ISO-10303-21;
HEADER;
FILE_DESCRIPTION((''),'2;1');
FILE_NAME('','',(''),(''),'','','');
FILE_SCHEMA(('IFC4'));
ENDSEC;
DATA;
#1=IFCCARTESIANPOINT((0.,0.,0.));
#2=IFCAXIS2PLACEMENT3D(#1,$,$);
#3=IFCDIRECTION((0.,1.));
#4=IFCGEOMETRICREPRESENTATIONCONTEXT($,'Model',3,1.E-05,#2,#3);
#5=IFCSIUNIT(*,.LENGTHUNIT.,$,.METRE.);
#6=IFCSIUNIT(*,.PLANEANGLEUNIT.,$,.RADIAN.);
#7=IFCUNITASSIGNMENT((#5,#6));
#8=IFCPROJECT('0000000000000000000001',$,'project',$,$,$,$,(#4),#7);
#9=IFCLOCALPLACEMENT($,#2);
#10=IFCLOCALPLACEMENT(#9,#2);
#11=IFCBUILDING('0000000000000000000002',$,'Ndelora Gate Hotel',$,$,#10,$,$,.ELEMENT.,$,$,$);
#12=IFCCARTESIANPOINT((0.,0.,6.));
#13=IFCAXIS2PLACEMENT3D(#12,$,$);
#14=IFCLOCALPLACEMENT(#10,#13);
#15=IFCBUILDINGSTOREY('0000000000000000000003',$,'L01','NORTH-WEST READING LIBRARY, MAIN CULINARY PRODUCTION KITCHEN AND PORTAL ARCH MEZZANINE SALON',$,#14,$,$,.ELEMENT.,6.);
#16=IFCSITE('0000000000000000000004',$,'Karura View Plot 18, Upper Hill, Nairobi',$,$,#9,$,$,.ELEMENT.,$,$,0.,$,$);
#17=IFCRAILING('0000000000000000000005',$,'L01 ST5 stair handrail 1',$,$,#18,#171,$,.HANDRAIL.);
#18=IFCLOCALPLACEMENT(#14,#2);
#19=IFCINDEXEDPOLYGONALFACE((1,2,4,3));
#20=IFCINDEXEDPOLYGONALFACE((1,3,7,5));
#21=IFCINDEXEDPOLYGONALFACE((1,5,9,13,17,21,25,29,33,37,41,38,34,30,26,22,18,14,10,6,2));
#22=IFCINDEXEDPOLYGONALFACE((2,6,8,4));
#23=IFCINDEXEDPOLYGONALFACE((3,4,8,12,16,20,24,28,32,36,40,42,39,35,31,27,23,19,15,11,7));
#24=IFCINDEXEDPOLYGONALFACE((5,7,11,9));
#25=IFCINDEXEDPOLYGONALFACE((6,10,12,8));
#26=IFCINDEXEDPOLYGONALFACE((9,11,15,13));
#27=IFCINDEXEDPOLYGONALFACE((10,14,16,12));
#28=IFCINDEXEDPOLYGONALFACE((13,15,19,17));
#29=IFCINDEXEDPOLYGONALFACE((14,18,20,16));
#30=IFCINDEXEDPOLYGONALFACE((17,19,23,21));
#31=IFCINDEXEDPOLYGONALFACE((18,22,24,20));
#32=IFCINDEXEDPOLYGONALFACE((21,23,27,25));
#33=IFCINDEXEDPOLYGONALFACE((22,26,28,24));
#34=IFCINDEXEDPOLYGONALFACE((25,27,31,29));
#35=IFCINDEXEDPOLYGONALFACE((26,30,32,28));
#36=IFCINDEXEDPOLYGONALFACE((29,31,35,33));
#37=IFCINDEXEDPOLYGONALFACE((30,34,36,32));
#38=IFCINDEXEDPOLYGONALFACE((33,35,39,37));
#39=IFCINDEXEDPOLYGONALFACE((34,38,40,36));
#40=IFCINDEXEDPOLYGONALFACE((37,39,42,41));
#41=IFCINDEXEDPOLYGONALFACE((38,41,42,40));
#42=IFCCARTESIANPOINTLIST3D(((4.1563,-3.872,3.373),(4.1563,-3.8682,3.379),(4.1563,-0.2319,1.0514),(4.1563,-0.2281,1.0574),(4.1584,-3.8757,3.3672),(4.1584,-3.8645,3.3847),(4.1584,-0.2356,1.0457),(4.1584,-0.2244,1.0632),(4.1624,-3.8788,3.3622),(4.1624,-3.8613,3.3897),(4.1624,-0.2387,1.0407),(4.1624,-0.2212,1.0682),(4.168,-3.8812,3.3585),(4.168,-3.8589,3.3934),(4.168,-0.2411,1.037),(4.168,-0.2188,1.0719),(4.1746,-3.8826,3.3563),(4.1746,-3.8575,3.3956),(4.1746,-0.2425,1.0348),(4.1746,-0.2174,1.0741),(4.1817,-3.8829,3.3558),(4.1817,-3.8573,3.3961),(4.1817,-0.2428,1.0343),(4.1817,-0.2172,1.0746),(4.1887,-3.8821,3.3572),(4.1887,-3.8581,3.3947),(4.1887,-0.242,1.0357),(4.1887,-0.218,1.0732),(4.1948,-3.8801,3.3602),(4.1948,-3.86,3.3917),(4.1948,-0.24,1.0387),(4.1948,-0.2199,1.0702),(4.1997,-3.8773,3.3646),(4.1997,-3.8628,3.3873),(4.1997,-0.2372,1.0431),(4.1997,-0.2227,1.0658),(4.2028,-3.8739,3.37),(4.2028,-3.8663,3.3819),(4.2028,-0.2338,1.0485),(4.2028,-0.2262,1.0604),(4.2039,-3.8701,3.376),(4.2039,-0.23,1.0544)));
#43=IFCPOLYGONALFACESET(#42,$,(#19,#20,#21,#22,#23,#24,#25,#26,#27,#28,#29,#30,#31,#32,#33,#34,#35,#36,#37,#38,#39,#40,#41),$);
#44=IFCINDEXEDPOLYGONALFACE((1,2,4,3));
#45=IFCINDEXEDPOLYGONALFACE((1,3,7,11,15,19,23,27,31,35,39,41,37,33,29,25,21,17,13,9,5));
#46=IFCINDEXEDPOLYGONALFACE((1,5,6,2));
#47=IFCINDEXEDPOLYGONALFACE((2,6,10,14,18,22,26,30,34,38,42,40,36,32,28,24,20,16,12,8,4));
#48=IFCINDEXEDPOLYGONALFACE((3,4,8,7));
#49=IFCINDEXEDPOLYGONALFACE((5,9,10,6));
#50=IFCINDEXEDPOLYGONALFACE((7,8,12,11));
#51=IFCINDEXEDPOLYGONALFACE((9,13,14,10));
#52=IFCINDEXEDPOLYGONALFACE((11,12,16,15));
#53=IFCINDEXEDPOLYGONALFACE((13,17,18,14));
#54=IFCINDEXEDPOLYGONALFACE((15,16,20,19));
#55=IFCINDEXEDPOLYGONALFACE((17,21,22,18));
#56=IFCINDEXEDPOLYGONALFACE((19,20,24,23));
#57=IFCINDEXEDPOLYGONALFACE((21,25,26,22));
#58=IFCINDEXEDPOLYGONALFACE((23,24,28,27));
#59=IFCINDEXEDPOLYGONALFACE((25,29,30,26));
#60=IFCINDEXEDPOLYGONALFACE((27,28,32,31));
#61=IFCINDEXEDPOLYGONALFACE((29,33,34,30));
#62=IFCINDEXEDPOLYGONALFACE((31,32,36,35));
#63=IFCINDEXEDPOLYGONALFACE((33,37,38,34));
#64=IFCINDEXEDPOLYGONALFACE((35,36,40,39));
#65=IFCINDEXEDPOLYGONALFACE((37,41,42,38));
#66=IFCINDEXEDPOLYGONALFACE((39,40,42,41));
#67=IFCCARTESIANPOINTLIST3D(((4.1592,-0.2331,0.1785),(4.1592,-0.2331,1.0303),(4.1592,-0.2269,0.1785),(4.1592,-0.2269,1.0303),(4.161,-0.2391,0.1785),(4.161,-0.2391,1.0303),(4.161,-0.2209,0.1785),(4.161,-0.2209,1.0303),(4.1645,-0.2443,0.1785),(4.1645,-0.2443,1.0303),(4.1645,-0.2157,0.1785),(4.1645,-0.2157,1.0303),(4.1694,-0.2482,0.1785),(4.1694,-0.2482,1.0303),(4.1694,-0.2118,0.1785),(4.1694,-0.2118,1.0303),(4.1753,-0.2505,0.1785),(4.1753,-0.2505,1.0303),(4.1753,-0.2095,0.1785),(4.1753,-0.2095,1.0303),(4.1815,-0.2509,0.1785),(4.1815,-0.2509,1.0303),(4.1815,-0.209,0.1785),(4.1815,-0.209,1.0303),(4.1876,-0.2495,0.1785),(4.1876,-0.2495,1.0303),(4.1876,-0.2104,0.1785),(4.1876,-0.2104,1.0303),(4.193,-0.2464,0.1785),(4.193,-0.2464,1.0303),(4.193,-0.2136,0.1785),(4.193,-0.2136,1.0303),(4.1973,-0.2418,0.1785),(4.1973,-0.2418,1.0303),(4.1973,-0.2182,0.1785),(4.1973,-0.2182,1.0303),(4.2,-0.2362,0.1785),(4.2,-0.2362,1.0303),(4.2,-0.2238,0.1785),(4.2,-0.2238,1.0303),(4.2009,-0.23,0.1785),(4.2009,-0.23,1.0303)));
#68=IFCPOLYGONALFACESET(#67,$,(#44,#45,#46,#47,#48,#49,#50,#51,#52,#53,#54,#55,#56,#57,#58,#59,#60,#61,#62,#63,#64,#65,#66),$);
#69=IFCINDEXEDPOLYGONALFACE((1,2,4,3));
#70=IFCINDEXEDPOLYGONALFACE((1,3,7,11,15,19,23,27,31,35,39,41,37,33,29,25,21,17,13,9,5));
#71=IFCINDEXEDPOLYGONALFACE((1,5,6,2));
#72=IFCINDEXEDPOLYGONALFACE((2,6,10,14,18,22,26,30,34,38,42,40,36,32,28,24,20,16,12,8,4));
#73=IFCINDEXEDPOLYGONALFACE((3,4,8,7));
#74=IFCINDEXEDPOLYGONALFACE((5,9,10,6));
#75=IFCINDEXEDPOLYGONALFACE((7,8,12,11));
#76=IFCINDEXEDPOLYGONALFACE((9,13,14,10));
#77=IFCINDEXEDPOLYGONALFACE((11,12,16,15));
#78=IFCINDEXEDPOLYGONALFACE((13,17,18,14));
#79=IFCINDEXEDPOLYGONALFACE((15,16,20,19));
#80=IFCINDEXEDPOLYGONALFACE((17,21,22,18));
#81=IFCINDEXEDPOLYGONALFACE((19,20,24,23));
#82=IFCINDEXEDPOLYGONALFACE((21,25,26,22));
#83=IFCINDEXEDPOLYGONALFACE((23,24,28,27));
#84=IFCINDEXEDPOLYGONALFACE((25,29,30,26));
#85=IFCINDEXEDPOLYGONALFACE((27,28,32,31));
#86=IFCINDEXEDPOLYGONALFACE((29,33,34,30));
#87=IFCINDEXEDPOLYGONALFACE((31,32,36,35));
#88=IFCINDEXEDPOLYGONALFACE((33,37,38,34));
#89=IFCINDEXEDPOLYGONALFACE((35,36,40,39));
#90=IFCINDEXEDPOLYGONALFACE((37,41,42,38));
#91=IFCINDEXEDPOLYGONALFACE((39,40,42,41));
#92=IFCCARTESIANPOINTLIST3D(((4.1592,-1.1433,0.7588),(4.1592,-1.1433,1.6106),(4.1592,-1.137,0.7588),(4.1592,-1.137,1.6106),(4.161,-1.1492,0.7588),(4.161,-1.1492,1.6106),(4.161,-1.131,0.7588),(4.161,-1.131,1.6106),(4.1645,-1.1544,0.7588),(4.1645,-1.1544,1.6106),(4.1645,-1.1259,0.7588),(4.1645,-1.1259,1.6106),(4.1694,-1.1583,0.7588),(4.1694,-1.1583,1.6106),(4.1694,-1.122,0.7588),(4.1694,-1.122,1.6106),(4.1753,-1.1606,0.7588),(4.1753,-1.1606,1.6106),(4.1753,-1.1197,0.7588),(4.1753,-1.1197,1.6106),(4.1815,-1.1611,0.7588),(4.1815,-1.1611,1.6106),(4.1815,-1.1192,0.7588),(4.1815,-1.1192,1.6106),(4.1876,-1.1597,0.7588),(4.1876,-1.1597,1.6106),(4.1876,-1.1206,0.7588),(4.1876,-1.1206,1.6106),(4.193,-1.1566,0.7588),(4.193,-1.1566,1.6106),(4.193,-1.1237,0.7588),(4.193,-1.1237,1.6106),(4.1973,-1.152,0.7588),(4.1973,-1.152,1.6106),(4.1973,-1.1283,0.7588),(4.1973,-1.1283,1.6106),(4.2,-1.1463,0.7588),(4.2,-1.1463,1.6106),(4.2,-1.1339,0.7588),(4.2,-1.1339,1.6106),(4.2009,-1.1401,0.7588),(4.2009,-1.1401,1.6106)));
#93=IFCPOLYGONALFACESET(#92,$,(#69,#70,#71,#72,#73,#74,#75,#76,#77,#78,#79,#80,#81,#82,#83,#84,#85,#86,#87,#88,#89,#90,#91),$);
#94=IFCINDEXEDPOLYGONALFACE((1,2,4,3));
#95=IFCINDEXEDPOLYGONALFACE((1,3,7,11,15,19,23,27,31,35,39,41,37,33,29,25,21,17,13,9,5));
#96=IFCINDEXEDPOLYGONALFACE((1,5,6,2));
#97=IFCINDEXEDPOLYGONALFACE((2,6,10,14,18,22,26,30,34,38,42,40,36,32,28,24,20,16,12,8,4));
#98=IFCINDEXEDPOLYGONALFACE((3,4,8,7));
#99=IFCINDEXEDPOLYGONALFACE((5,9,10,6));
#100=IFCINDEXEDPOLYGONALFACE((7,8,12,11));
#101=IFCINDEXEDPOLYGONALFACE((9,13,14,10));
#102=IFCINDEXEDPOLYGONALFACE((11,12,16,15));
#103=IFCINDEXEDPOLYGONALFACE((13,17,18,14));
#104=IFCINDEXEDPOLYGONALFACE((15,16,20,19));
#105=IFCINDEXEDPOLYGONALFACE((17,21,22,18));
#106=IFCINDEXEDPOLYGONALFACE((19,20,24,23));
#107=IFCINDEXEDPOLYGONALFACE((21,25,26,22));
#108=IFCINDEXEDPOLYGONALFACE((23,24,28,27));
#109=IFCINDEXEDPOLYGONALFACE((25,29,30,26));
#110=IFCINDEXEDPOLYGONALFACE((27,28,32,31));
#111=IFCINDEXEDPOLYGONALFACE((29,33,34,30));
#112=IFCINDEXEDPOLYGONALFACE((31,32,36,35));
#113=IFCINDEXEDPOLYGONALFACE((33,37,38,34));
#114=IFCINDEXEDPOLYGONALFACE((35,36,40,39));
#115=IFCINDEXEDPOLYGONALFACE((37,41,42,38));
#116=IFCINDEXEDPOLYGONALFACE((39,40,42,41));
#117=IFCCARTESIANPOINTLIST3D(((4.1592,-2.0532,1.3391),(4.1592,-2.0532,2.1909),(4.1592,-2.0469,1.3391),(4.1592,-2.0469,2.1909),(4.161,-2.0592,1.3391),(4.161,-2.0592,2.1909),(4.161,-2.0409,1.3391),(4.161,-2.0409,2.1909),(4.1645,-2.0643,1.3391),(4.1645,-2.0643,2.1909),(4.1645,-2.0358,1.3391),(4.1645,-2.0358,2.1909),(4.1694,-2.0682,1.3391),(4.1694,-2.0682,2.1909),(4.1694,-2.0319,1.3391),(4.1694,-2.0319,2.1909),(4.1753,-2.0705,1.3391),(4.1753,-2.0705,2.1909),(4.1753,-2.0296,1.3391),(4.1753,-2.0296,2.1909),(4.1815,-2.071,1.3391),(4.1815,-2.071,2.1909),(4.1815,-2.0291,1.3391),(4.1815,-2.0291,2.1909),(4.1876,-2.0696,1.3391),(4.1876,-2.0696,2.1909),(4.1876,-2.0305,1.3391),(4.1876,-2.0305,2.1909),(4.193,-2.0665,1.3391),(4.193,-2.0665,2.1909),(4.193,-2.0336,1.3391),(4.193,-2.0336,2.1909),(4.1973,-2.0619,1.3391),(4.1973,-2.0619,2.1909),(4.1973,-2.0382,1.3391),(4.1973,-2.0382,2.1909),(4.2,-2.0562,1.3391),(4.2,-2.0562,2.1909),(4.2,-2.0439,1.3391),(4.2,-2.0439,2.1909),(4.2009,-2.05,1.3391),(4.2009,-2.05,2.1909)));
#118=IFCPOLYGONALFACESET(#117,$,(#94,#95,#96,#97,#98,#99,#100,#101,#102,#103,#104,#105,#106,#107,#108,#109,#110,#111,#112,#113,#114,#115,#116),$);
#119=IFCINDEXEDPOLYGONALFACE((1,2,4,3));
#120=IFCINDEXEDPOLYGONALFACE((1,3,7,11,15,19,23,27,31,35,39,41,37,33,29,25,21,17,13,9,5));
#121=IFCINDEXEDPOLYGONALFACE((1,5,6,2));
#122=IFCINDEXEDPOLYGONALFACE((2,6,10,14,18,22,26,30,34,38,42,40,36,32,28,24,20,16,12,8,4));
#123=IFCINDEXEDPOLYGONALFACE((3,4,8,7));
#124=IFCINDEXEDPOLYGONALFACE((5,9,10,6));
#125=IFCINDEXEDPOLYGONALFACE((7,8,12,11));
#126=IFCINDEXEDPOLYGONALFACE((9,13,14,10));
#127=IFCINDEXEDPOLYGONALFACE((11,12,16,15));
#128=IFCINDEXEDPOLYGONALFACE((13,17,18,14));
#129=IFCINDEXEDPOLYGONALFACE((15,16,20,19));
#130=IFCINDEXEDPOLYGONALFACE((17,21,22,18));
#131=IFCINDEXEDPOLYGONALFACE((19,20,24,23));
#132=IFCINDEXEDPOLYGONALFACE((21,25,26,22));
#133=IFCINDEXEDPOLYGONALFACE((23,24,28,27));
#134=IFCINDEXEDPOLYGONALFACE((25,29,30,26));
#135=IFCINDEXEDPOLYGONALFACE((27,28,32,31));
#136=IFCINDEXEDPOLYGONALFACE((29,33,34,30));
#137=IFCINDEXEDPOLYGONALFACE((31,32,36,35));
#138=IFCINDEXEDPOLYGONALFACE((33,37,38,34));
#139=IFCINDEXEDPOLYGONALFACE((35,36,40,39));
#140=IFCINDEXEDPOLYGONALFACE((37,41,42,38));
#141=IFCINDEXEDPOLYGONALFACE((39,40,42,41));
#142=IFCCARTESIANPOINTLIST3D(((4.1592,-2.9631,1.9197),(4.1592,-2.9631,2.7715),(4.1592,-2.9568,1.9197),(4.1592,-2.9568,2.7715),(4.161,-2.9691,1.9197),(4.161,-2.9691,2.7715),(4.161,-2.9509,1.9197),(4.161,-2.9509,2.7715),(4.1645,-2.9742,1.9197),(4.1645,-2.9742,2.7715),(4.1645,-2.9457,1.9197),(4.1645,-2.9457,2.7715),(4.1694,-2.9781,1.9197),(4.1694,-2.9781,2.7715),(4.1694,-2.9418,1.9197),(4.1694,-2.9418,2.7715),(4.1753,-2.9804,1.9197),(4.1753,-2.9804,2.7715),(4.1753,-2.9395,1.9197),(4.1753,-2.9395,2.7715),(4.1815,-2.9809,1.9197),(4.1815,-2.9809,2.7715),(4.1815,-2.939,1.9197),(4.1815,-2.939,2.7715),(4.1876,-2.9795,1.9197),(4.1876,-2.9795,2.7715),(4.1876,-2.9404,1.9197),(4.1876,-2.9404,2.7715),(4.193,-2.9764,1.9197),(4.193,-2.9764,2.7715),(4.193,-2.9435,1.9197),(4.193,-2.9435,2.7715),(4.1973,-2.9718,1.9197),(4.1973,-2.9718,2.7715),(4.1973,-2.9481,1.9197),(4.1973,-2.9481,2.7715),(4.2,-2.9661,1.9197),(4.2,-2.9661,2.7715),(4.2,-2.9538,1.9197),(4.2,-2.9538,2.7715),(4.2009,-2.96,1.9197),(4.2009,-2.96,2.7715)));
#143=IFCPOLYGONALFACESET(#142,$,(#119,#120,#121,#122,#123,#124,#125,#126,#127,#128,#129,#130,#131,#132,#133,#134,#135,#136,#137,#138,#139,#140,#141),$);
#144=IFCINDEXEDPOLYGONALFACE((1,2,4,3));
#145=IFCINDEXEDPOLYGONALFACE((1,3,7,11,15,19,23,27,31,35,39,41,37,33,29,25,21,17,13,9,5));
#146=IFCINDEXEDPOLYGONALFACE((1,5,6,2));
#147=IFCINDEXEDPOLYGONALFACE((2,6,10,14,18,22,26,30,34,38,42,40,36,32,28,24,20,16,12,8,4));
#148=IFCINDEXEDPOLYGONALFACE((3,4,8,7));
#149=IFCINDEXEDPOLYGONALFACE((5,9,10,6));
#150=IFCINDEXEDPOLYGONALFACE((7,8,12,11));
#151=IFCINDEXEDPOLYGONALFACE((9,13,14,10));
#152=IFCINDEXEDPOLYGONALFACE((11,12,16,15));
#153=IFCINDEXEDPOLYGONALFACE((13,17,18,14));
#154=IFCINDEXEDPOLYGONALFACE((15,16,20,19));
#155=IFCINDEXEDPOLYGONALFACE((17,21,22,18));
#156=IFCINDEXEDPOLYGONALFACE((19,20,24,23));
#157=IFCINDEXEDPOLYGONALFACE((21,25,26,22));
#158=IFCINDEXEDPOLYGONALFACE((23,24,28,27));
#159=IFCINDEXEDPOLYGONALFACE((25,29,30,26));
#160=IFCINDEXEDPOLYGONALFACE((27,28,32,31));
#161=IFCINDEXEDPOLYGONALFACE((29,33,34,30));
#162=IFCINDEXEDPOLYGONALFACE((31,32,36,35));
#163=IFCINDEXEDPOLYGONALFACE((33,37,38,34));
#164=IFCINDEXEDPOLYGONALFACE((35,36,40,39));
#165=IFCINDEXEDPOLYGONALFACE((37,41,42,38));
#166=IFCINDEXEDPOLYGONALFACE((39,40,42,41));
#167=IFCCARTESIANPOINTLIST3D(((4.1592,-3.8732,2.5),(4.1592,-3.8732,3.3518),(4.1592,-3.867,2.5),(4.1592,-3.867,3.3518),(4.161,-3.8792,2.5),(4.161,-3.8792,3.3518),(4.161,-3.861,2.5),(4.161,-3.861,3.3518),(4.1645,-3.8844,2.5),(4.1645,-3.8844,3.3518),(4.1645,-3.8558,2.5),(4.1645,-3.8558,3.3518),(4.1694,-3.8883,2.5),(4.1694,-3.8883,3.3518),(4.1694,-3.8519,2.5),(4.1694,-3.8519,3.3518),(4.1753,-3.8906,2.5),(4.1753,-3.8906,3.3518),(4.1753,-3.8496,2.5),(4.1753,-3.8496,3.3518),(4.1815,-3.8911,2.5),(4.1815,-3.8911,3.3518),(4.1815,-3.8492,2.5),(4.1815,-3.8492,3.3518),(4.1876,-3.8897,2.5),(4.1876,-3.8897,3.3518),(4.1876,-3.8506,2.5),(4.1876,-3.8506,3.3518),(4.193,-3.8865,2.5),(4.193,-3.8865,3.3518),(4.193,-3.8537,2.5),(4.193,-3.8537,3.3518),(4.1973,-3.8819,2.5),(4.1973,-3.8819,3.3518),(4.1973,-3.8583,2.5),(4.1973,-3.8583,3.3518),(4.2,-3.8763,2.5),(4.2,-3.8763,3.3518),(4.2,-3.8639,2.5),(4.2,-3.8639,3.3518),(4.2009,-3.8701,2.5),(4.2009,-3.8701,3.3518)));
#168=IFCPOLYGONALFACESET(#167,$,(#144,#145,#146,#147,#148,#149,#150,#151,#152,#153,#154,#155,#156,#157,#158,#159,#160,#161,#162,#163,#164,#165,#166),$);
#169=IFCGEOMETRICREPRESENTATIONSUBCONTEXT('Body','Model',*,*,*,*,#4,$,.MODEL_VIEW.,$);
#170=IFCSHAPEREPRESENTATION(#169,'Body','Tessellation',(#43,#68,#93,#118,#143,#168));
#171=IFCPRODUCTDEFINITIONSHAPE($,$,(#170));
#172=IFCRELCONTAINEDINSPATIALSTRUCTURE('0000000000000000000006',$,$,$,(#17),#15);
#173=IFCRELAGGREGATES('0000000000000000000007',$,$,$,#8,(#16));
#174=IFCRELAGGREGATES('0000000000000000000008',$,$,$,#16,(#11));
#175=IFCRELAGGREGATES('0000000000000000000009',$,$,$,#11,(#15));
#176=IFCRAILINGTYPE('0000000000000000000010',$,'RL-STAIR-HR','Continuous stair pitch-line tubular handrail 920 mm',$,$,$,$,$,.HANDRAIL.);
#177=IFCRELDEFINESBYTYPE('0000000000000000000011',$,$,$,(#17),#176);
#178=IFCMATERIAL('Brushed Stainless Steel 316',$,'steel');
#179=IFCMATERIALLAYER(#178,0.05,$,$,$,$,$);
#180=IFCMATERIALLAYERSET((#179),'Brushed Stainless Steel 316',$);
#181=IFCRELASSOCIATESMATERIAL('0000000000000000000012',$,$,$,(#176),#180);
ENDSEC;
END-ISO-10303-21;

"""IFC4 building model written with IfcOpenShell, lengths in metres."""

from ifc_helpers import new_model, si_unit, direction, frame, origin, origin_2d, place, context, subcontext, project, spatial, circle, extrude, material, layer, layer_set, type_object, element, save


model = new_model("IFC4")

# Units and contexts
model_context = context("Model", 3, precision=1e-05, world=origin(), true_north=direction((0.0, 1.0)))
body_context = subcontext(model_context, "Body", "Model", "MODEL_VIEW")
ifc_project = project(units=[si_unit("LENGTHUNIT", "METRE"), si_unit("PLANEANGLEUNIT", "RADIAN")], contexts=[model_context])

# Site, building, storey
site_placement = place(None, origin())
site = spatial("IfcSite", under=ifc_project, at=site_placement, Name="Karura View Plot 18, Upper Hill, Nairobi", CompositionType="ELEMENT", RefElevation=0.0)
building_placement = place(site_placement, origin())
building = spatial("IfcBuilding", under=site, at=building_placement, Name="Ndelora Gate Hotel", CompositionType="ELEMENT")
storey_placement = place(building_placement, frame((0.0, 0.0, 6.0)))
storey = spatial("IfcBuildingStorey", under=building, at=storey_placement, Name="L01", Description="NORTH-WEST READING LIBRARY, MAIN CULINARY PRODUCTION KITCHEN AND PORTAL ARCH MEZZANINE SALON", CompositionType="ELEMENT", Elevation=6.0)

# Railing
ifc_material_1 = material(Name="Brushed Stainless Steel 316", Category="steel")
ifc_layer_1 = layer(ifc_material_1, 0.05)
ifc_layer_set_1 = layer_set([ifc_layer_1], Name="Brushed Stainless Steel 316")
railing_type_1 = type_object("IfcRailingType", Name="RL-STAIR-HR", Description="Continuous stair pitch-line tubular handrail 920 mm", PredefinedType="HANDRAIL", material=ifc_layer_set_1)
railing_1_placement = place(storey_placement, frame((4.1799, -0.23, 0.1785)))
element("IfcRailing", 1, at=railing_1_placement, inside=storey, type_object=railing_type_1, Name="L01 ST5 stair handrail 1", PredefinedType="HANDRAIL", context=body_context, shape_type="SweptSolid", body=[
    extrude(circle(Radius=0.0239, at=origin_2d()), frame((0.0, 0.0, 0.876), z_axis=(0.0, -0.843128, 0.537713), x_axis=(1.0, 0.0, 0.0)), (0.0, 0.0, 1.0), 4.3174),
    extrude(circle(Radius=0.021, at=origin_2d()), origin(), (0.0, 0.0, 1.0), 0.8518),
    extrude(circle(Radius=0.021, at=origin_2d()), frame((0.0, -0.9102, 0.5803)), (0.0, 0.0, 1.0), 0.8518),
    extrude(circle(Radius=0.021, at=origin_2d()), frame((0.0, -1.8201, 1.1606)), (0.0, 0.0, 1.0), 0.8518),
    extrude(circle(Radius=0.021, at=origin_2d()), frame((0.0, -2.73, 1.7412)), (0.0, 0.0, 1.0), 0.8518),
    extrude(circle(Radius=0.021, at=origin_2d()), frame((0.0, -3.6401, 2.3215)), (0.0, 0.0, 1.0), 0.8518),
])

save(model, "model.ifc")
